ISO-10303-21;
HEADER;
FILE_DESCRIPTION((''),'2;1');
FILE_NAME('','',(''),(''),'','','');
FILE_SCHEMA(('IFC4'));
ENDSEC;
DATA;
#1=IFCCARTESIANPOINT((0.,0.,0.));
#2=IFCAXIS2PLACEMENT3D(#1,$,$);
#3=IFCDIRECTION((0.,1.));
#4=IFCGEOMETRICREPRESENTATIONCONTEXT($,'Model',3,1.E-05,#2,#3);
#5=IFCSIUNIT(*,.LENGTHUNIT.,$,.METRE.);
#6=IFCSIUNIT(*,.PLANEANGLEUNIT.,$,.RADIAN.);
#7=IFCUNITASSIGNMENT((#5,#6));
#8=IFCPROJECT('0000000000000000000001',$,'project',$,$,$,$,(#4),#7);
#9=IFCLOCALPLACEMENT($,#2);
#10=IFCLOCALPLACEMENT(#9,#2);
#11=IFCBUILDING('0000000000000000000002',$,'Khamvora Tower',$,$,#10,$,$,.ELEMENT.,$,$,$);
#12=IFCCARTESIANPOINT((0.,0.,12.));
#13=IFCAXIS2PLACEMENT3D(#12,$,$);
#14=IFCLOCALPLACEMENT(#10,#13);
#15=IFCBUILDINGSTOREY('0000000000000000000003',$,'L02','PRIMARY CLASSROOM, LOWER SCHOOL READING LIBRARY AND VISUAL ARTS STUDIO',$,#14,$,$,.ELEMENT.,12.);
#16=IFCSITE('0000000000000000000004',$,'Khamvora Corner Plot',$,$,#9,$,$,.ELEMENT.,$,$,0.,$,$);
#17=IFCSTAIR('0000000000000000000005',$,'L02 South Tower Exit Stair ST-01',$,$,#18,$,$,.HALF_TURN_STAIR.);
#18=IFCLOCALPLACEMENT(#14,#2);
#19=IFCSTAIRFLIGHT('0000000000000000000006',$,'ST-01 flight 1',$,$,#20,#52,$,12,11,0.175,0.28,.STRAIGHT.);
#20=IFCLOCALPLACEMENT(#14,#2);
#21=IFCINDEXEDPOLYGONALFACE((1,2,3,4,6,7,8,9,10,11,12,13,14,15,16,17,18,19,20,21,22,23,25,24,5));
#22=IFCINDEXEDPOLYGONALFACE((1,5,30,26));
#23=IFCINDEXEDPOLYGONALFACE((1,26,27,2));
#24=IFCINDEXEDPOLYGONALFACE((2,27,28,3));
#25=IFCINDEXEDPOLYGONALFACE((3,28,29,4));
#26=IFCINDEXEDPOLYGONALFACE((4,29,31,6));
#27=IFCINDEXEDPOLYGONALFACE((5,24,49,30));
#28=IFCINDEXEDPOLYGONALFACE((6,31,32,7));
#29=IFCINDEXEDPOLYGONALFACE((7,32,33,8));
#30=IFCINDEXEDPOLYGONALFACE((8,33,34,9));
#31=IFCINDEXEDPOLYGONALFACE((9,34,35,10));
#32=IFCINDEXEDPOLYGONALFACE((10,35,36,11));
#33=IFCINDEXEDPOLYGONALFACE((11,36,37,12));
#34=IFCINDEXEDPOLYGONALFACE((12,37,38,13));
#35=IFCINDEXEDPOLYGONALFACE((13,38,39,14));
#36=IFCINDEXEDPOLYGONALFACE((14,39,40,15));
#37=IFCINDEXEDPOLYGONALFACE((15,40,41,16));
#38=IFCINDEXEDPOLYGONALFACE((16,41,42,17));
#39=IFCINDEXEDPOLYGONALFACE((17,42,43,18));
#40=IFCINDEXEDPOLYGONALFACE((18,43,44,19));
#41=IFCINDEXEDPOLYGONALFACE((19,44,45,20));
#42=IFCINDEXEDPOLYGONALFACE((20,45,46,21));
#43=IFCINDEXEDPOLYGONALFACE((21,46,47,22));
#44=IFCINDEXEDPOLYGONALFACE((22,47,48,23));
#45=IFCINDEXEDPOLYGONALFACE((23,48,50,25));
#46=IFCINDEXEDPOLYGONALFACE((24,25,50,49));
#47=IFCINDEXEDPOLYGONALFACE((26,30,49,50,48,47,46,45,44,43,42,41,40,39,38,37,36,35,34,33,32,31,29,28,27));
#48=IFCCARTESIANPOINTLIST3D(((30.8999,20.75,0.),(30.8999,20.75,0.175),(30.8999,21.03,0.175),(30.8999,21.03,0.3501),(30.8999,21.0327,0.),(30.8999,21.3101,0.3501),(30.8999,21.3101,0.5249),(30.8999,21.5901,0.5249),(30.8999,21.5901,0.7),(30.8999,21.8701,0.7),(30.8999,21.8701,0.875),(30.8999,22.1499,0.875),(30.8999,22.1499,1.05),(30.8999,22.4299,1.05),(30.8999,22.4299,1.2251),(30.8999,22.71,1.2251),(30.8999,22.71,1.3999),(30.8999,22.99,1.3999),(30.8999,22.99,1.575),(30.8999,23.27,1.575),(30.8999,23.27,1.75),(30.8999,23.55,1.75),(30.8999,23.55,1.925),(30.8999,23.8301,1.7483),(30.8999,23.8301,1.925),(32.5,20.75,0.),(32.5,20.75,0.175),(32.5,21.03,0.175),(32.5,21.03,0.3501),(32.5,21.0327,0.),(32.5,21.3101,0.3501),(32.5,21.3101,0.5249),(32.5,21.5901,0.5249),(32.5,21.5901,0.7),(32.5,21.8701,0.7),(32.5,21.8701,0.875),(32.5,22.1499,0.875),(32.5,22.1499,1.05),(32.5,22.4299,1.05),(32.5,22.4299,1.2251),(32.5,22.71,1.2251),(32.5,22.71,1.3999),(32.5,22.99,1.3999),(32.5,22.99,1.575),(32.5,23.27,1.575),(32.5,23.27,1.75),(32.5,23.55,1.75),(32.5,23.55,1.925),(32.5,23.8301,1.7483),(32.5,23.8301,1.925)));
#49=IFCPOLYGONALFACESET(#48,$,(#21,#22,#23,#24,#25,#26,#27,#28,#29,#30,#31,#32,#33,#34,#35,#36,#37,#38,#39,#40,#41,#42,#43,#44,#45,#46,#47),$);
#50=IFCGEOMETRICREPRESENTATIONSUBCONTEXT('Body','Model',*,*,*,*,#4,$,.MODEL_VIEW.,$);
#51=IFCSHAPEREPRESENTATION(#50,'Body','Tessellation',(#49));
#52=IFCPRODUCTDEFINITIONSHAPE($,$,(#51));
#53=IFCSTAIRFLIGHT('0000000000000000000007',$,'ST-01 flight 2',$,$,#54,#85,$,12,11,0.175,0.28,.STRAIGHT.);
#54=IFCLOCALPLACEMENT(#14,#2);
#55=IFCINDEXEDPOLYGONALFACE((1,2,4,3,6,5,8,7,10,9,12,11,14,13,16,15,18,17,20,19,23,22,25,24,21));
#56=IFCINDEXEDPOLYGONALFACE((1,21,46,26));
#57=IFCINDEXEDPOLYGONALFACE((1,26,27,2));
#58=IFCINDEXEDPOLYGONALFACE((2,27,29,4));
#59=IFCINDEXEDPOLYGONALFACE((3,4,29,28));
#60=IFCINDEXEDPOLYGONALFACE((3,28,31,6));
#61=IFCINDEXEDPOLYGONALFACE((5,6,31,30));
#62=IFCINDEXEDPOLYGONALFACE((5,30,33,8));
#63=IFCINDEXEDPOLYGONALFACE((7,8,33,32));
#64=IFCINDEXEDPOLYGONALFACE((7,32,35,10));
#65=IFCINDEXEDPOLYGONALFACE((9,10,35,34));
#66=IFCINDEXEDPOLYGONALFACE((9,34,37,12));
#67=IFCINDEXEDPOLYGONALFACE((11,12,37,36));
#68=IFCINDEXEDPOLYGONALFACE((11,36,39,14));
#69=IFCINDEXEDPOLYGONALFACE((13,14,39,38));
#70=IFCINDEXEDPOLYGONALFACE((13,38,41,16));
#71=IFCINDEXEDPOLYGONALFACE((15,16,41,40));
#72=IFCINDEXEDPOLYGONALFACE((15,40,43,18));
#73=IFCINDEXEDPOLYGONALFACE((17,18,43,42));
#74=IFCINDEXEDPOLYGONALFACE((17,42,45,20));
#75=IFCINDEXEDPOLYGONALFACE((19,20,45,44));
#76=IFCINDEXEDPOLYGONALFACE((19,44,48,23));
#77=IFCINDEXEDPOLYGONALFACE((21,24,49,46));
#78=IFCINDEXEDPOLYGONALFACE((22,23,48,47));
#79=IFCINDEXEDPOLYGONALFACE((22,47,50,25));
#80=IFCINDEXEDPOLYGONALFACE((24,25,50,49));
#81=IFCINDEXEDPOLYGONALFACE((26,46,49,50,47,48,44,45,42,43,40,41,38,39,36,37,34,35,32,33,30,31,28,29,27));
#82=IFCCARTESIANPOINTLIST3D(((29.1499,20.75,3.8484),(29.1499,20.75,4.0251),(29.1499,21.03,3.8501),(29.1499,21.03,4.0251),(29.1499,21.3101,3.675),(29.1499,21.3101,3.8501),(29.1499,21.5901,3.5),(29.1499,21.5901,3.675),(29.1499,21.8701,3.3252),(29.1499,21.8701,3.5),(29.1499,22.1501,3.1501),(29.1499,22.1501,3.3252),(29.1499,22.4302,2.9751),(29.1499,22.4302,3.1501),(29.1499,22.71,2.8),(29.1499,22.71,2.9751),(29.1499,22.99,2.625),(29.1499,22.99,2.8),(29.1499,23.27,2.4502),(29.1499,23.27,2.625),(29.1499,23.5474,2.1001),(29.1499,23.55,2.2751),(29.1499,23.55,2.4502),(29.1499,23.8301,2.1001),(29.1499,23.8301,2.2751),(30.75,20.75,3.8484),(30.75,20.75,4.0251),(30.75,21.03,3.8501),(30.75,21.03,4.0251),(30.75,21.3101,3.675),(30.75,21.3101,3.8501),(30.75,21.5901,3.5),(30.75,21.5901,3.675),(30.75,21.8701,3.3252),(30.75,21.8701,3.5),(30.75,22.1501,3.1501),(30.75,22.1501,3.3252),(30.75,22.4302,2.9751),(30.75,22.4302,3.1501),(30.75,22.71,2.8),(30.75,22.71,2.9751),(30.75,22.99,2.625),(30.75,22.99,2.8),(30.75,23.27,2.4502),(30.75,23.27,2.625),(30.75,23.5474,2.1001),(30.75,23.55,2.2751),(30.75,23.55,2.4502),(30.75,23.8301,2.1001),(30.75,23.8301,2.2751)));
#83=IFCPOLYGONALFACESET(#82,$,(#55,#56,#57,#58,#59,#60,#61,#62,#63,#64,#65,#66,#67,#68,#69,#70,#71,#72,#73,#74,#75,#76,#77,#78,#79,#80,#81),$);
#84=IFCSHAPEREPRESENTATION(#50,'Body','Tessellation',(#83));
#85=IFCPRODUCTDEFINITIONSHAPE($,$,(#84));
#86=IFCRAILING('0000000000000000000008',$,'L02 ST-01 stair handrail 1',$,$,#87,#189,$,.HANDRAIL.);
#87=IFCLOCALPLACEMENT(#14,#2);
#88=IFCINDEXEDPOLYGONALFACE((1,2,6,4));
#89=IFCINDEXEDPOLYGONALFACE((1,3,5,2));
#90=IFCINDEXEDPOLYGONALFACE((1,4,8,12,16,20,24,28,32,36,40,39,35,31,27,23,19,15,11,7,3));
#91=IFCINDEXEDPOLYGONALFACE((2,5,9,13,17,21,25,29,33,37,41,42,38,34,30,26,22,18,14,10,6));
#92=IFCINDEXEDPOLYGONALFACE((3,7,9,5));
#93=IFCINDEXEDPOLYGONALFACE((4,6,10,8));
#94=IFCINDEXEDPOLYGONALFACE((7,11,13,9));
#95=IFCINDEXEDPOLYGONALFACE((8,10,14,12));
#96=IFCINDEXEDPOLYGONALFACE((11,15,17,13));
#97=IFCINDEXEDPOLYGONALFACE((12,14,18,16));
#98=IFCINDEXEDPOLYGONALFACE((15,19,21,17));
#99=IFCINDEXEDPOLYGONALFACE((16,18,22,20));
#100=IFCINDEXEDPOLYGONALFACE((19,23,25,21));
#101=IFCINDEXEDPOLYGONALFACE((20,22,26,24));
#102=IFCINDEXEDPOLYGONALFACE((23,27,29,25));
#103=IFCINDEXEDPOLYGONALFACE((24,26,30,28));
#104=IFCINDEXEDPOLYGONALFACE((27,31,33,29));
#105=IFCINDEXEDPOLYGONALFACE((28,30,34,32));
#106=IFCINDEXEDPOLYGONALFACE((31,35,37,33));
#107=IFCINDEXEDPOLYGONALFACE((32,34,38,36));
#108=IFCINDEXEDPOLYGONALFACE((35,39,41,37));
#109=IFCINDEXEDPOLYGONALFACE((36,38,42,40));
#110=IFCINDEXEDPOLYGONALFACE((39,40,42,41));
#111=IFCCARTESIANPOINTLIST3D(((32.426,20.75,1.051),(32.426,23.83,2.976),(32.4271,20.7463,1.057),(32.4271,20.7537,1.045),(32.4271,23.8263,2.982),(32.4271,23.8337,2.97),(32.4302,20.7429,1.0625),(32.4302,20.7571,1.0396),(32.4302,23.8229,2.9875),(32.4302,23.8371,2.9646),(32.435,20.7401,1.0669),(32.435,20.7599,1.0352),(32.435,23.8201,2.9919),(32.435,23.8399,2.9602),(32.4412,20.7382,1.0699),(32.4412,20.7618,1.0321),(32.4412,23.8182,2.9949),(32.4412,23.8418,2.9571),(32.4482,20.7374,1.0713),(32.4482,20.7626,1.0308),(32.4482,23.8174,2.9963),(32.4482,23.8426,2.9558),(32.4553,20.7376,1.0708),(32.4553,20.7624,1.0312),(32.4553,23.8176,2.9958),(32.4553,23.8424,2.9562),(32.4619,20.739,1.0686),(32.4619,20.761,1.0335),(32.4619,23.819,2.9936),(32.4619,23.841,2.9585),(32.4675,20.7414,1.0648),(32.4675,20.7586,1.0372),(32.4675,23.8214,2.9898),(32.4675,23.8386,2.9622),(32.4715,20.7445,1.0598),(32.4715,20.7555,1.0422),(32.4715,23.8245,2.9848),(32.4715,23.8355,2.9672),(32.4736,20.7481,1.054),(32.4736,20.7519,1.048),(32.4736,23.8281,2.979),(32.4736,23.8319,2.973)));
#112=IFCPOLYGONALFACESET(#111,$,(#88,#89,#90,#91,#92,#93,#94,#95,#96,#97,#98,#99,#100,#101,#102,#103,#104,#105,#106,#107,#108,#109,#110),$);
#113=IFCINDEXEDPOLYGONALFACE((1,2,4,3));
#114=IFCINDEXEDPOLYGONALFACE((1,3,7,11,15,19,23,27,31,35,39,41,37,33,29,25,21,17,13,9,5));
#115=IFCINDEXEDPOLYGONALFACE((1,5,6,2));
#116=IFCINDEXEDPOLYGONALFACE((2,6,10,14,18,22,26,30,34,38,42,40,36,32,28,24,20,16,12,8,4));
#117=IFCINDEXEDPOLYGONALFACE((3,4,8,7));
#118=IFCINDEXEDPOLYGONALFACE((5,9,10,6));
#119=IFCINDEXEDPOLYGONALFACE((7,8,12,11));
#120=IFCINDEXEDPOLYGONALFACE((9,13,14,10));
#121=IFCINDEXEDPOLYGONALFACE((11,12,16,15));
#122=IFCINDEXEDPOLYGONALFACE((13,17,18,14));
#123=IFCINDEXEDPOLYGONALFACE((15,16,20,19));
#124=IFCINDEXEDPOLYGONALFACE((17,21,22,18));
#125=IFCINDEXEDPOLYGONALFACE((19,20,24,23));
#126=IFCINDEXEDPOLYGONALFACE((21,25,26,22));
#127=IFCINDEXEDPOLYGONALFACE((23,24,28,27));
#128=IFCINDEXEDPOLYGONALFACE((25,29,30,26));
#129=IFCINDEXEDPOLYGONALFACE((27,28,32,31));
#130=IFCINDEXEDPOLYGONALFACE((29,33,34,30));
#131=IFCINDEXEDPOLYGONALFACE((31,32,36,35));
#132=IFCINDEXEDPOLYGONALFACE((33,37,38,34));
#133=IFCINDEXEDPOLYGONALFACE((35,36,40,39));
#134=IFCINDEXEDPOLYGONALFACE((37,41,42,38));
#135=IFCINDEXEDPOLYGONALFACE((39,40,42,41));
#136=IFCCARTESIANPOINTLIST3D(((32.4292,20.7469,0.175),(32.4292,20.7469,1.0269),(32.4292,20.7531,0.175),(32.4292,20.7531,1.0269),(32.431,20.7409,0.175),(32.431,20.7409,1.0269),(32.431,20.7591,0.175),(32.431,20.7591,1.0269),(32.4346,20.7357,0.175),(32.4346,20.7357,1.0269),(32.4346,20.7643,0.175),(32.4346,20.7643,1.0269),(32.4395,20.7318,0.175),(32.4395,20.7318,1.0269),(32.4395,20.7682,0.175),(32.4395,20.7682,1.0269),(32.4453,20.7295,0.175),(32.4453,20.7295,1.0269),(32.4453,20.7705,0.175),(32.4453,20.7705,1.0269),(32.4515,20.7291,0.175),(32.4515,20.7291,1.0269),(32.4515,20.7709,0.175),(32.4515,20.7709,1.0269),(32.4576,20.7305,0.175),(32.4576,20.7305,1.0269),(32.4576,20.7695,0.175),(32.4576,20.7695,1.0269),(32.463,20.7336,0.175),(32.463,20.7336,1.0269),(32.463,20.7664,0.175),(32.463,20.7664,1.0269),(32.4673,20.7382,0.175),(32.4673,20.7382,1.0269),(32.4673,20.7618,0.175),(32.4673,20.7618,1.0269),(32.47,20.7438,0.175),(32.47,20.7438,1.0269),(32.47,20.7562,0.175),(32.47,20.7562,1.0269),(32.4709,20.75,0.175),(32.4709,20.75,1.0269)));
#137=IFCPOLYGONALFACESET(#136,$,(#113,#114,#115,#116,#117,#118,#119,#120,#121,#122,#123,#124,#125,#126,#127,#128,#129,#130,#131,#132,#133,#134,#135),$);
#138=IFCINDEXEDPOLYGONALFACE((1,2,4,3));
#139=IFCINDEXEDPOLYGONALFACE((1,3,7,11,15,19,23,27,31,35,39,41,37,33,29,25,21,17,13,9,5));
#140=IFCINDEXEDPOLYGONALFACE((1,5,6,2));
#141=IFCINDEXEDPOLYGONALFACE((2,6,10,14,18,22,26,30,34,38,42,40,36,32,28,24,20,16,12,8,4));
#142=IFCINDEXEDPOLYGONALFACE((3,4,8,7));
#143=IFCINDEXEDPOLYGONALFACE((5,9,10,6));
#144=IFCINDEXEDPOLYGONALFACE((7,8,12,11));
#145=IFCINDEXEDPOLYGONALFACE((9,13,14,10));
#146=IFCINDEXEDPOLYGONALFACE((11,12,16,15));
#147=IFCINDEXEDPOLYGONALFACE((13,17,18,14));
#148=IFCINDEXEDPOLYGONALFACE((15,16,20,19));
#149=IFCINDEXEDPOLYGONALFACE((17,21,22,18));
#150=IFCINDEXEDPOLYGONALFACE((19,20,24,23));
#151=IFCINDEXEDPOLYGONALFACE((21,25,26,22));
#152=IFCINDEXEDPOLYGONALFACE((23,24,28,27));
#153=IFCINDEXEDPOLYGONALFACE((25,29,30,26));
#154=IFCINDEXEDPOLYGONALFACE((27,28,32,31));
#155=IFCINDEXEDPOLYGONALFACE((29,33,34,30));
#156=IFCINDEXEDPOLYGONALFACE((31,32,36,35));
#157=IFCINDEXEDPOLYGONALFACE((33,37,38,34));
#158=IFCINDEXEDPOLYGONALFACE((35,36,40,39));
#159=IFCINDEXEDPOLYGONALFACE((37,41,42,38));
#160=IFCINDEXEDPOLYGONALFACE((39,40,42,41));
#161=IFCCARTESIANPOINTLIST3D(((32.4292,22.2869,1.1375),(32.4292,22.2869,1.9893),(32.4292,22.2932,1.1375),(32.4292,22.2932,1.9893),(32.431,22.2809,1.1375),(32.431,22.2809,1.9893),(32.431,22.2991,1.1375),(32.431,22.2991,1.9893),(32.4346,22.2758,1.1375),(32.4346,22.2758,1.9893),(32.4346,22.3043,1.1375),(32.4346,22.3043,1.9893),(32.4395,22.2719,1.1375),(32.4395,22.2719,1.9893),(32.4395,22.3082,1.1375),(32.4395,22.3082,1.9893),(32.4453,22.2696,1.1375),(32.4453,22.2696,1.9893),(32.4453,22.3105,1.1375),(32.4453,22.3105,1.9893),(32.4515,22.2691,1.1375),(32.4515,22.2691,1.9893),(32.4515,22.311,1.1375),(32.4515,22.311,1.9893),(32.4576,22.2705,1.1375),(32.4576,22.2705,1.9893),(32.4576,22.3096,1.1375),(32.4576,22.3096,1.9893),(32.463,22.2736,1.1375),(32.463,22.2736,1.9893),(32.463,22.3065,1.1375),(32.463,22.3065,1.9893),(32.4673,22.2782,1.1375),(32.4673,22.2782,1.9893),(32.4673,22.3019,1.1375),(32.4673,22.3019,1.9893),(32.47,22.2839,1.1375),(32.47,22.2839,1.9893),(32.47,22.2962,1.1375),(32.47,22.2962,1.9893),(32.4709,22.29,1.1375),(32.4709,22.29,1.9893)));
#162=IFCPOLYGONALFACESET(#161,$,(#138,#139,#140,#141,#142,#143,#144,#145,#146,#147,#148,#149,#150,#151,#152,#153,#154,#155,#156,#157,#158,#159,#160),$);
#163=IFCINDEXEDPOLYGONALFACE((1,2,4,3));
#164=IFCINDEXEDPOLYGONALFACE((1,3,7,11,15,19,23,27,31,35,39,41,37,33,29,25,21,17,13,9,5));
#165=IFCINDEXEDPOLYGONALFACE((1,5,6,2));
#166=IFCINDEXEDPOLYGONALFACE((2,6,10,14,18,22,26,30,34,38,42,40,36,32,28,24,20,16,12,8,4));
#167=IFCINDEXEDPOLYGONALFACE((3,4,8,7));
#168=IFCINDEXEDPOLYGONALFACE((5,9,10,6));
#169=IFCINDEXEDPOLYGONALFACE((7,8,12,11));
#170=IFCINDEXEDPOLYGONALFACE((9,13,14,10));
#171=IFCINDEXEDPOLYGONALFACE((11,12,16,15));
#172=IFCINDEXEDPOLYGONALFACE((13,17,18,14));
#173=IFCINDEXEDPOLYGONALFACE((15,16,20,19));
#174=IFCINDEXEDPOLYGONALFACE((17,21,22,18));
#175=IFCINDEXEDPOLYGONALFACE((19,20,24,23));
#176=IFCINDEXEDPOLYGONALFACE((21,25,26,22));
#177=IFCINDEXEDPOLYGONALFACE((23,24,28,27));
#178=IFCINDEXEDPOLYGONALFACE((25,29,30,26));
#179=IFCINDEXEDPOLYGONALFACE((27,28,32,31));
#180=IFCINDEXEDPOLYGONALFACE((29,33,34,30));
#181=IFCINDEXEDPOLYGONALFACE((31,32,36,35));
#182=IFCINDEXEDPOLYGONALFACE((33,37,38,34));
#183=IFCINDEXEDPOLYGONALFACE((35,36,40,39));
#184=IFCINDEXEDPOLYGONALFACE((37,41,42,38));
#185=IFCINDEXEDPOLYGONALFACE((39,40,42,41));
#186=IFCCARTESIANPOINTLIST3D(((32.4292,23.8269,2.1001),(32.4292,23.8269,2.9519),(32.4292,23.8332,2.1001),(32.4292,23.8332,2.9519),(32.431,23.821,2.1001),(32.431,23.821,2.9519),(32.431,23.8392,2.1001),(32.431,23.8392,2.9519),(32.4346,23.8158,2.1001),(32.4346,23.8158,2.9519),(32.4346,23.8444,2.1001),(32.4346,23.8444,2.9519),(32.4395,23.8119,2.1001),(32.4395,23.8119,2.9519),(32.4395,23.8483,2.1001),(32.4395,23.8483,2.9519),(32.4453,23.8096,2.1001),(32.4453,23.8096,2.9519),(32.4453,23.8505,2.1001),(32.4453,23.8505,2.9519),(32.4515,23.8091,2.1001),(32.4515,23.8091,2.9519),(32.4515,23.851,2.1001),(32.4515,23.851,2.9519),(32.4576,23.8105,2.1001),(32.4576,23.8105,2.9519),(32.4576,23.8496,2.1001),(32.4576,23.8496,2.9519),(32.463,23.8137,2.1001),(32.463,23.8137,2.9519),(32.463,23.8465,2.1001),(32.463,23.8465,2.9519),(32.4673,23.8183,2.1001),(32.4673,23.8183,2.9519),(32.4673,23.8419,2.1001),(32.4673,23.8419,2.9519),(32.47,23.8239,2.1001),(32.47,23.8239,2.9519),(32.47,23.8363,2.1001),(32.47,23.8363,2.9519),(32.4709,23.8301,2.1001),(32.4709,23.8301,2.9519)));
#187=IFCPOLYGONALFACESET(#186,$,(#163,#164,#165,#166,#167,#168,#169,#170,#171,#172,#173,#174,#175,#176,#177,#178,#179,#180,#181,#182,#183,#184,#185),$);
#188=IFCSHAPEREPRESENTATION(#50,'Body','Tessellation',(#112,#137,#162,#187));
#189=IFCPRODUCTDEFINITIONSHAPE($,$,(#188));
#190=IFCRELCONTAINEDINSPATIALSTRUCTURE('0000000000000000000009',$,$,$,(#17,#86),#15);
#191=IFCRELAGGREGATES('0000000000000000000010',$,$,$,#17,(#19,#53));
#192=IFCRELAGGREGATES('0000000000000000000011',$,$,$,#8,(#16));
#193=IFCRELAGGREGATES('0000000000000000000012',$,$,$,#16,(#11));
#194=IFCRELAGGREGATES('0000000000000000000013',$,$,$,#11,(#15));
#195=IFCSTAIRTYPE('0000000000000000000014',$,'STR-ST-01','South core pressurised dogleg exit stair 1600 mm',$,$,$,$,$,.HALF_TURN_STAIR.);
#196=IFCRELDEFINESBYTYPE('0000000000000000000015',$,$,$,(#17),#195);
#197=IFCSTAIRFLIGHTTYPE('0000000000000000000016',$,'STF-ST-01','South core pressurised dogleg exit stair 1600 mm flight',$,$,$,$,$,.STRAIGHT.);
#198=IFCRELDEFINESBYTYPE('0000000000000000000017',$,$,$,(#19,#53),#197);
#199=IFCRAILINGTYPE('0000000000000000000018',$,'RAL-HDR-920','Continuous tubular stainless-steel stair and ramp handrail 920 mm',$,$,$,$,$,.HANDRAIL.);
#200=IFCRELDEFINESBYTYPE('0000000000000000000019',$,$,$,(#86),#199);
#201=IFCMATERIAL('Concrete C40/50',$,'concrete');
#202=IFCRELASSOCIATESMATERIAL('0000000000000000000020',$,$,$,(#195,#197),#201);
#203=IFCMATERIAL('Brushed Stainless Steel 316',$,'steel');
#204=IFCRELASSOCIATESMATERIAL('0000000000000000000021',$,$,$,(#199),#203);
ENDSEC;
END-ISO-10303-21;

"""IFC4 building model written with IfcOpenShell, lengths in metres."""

from ifc_helpers import new_model, si_unit, direction, frame, origin, origin_2d, place, context, subcontext, project, spatial, polyline, circle, outline, extrude, material, type_object, element, aggregate, save


model = new_model("IFC4")

# Units and contexts
model_context = context("Model", 3, precision=1e-05, world=origin(), true_north=direction((0.0, 1.0)))
body_context = subcontext(model_context, "Body", "Model", "MODEL_VIEW")
ifc_project = project(units=[si_unit("LENGTHUNIT", "METRE"), si_unit("PLANEANGLEUNIT", "RADIAN")], contexts=[model_context])

# Site, building, storey
site_placement = place(None, origin())
site = spatial("IfcSite", under=ifc_project, at=site_placement, Name="Khamvora Corner Plot", CompositionType="ELEMENT", RefElevation=0.0)
building_placement = place(site_placement, origin())
building = spatial("IfcBuilding", under=site, at=building_placement, Name="Khamvora Tower", CompositionType="ELEMENT")
storey_placement = place(building_placement, frame((0.0, 0.0, 12.0)))
storey = spatial("IfcBuildingStorey", under=building, at=storey_placement, Name="L02", Description="PRIMARY CLASSROOM, LOWER SCHOOL READING LIBRARY AND VISUAL ARTS STUDIO", CompositionType="ELEMENT", Elevation=12.0)

# Stair, stair flights
ifc_material_1 = material(Name="Concrete C40/50", Category="concrete")
stair_type = type_object("IfcStairType", Name="STR-ST-01", Description="South core pressurised dogleg exit stair 1600 mm", PredefinedType="HALF_TURN_STAIR", material=ifc_material_1)
stair_placement = place(storey_placement, origin())
stair = element("IfcStair", 1, at=stair_placement, inside=storey, type_object=stair_type, Name="L02 South Tower Exit Stair ST-01", PredefinedType="HALF_TURN_STAIR")
stair_flight_type = type_object("IfcStairFlightType", Name="STF-ST-01", Description="South core pressurised dogleg exit stair 1600 mm flight", PredefinedType="STRAIGHT", material=ifc_material_1)
stair_flight_1_placement = place(storey_placement, frame((31.7, 20.75, 0.0), z_axis=(0.0, 0.0, 1.0), x_axis=(0.0, 1.0, 0.0)))
stair_flight_1 = element("IfcStairFlight", 2, at=stair_flight_1_placement, type_object=stair_flight_type, Name="ST-01 flight 1", NumberOfRisers=12, NumberOfTreads=11, PredefinedType="STRAIGHT", RiserHeight=0.175, TreadLength=0.28, context=body_context, shape_type="SweptSolid", body=[
    extrude(outline(polyline([(0.0, 0.0), (0.0, 0.175), (0.28, 0.175), (0.28, 0.3501), (0.5601, 0.3501), (0.5601, 0.5249), (0.8401, 0.5249), (0.8401, 0.7), (1.1201, 0.7), (1.1201, 0.875), (1.3999, 0.875), (1.3999, 1.05), (1.6799, 1.05), (1.6799, 1.2251), (1.96, 1.2251), (1.96, 1.3999), (2.24, 1.3999), (2.24, 1.575), (2.52, 1.575), (2.52, 1.75), (2.8, 1.75), (2.8, 1.925), (3.0801, 1.925), (3.0801, 2.1001), (3.0801, 1.7483), (0.2827, 0.0), (0.0, 0.0)])), frame((0.0, 0.8, 0.0), z_axis=(0.0, -1.0, 0.0), x_axis=(1.0, 0.0, 0.0)), (0.0, 0.0, 1.0), 1.6001),
])
stair_flight_2_placement = place(storey_placement, frame((29.95, 23.8301, 2.1001), z_axis=(0.0, 0.0, 1.0), x_axis=(0.0, -1.0, 0.0)))
stair_flight_2 = element("IfcStairFlight", 3, at=stair_flight_2_placement, type_object=stair_flight_type, Name="ST-01 flight 2", NumberOfRisers=12, NumberOfTreads=11, PredefinedType="STRAIGHT", RiserHeight=0.175, TreadLength=0.28, context=body_context, shape_type="SweptSolid", body=[
    extrude(outline(polyline([(0.0, 0.0), (0.0, 0.175), (0.28, 0.175), (0.28, 0.3501), (0.5601, 0.3501), (0.5601, 0.5249), (0.8401, 0.5249), (0.8401, 0.7), (1.1201, 0.7), (1.1201, 0.875), (1.3999, 0.875), (1.3999, 1.05), (1.6799, 1.05), (1.6799, 1.2251), (1.96, 1.2251), (1.96, 1.3999), (2.24, 1.3999), (2.24, 1.575), (2.52, 1.575), (2.52, 1.75), (2.8, 1.75), (2.8, 1.925), (3.0801, 1.925), (3.0801, 2.1001), (3.0801, 1.7483), (0.2827, 0.0), (0.0, 0.0)])), frame((0.0, 0.8, 0.0), z_axis=(0.0, -1.0, 0.0), x_axis=(1.0, 0.0, 0.0)), (0.0, 0.0, 1.0), 1.6001),
])
aggregate(stair, [stair_flight_1, stair_flight_2])

# Railing
ifc_material_2 = material(Name="Brushed Stainless Steel 316", Category="steel")
railing_type_1 = type_object("IfcRailingType", Name="RAL-HDR-920", Description="Continuous tubular stainless-steel stair and ramp handrail 920 mm", PredefinedType="HANDRAIL", material=ifc_material_2)
railing_1_placement = place(storey_placement, frame((32.45, 20.75, 0.175)))
element("IfcRailing", 4, at=railing_1_placement, inside=storey, type_object=railing_type_1, Name="L02 ST-01 stair handrail 1", PredefinedType="HANDRAIL", context=body_context, shape_type="SweptSolid", body=[
    extrude(circle(Radius=0.0239, at=origin_2d()), frame((0.0, 0.0, 0.876), z_axis=(0.0, 0.847998, 0.529999), x_axis=(-1.0, 0.0, 0.0)), (0.0, 0.0, 1.0), 3.6321),
    extrude(circle(Radius=0.021, at=origin_2d()), origin(), (0.0, 0.0, 1.0), 0.8518),
    extrude(circle(Radius=0.021, at=origin_2d()), frame((0.0, 1.54, 0.9624)), (0.0, 0.0, 1.0), 0.8518),
    extrude(circle(Radius=0.021, at=origin_2d()), frame((0.0, 3.0801, 1.925)), (0.0, 0.0, 1.0), 0.8518),
])

save(model, "model.ifc")
